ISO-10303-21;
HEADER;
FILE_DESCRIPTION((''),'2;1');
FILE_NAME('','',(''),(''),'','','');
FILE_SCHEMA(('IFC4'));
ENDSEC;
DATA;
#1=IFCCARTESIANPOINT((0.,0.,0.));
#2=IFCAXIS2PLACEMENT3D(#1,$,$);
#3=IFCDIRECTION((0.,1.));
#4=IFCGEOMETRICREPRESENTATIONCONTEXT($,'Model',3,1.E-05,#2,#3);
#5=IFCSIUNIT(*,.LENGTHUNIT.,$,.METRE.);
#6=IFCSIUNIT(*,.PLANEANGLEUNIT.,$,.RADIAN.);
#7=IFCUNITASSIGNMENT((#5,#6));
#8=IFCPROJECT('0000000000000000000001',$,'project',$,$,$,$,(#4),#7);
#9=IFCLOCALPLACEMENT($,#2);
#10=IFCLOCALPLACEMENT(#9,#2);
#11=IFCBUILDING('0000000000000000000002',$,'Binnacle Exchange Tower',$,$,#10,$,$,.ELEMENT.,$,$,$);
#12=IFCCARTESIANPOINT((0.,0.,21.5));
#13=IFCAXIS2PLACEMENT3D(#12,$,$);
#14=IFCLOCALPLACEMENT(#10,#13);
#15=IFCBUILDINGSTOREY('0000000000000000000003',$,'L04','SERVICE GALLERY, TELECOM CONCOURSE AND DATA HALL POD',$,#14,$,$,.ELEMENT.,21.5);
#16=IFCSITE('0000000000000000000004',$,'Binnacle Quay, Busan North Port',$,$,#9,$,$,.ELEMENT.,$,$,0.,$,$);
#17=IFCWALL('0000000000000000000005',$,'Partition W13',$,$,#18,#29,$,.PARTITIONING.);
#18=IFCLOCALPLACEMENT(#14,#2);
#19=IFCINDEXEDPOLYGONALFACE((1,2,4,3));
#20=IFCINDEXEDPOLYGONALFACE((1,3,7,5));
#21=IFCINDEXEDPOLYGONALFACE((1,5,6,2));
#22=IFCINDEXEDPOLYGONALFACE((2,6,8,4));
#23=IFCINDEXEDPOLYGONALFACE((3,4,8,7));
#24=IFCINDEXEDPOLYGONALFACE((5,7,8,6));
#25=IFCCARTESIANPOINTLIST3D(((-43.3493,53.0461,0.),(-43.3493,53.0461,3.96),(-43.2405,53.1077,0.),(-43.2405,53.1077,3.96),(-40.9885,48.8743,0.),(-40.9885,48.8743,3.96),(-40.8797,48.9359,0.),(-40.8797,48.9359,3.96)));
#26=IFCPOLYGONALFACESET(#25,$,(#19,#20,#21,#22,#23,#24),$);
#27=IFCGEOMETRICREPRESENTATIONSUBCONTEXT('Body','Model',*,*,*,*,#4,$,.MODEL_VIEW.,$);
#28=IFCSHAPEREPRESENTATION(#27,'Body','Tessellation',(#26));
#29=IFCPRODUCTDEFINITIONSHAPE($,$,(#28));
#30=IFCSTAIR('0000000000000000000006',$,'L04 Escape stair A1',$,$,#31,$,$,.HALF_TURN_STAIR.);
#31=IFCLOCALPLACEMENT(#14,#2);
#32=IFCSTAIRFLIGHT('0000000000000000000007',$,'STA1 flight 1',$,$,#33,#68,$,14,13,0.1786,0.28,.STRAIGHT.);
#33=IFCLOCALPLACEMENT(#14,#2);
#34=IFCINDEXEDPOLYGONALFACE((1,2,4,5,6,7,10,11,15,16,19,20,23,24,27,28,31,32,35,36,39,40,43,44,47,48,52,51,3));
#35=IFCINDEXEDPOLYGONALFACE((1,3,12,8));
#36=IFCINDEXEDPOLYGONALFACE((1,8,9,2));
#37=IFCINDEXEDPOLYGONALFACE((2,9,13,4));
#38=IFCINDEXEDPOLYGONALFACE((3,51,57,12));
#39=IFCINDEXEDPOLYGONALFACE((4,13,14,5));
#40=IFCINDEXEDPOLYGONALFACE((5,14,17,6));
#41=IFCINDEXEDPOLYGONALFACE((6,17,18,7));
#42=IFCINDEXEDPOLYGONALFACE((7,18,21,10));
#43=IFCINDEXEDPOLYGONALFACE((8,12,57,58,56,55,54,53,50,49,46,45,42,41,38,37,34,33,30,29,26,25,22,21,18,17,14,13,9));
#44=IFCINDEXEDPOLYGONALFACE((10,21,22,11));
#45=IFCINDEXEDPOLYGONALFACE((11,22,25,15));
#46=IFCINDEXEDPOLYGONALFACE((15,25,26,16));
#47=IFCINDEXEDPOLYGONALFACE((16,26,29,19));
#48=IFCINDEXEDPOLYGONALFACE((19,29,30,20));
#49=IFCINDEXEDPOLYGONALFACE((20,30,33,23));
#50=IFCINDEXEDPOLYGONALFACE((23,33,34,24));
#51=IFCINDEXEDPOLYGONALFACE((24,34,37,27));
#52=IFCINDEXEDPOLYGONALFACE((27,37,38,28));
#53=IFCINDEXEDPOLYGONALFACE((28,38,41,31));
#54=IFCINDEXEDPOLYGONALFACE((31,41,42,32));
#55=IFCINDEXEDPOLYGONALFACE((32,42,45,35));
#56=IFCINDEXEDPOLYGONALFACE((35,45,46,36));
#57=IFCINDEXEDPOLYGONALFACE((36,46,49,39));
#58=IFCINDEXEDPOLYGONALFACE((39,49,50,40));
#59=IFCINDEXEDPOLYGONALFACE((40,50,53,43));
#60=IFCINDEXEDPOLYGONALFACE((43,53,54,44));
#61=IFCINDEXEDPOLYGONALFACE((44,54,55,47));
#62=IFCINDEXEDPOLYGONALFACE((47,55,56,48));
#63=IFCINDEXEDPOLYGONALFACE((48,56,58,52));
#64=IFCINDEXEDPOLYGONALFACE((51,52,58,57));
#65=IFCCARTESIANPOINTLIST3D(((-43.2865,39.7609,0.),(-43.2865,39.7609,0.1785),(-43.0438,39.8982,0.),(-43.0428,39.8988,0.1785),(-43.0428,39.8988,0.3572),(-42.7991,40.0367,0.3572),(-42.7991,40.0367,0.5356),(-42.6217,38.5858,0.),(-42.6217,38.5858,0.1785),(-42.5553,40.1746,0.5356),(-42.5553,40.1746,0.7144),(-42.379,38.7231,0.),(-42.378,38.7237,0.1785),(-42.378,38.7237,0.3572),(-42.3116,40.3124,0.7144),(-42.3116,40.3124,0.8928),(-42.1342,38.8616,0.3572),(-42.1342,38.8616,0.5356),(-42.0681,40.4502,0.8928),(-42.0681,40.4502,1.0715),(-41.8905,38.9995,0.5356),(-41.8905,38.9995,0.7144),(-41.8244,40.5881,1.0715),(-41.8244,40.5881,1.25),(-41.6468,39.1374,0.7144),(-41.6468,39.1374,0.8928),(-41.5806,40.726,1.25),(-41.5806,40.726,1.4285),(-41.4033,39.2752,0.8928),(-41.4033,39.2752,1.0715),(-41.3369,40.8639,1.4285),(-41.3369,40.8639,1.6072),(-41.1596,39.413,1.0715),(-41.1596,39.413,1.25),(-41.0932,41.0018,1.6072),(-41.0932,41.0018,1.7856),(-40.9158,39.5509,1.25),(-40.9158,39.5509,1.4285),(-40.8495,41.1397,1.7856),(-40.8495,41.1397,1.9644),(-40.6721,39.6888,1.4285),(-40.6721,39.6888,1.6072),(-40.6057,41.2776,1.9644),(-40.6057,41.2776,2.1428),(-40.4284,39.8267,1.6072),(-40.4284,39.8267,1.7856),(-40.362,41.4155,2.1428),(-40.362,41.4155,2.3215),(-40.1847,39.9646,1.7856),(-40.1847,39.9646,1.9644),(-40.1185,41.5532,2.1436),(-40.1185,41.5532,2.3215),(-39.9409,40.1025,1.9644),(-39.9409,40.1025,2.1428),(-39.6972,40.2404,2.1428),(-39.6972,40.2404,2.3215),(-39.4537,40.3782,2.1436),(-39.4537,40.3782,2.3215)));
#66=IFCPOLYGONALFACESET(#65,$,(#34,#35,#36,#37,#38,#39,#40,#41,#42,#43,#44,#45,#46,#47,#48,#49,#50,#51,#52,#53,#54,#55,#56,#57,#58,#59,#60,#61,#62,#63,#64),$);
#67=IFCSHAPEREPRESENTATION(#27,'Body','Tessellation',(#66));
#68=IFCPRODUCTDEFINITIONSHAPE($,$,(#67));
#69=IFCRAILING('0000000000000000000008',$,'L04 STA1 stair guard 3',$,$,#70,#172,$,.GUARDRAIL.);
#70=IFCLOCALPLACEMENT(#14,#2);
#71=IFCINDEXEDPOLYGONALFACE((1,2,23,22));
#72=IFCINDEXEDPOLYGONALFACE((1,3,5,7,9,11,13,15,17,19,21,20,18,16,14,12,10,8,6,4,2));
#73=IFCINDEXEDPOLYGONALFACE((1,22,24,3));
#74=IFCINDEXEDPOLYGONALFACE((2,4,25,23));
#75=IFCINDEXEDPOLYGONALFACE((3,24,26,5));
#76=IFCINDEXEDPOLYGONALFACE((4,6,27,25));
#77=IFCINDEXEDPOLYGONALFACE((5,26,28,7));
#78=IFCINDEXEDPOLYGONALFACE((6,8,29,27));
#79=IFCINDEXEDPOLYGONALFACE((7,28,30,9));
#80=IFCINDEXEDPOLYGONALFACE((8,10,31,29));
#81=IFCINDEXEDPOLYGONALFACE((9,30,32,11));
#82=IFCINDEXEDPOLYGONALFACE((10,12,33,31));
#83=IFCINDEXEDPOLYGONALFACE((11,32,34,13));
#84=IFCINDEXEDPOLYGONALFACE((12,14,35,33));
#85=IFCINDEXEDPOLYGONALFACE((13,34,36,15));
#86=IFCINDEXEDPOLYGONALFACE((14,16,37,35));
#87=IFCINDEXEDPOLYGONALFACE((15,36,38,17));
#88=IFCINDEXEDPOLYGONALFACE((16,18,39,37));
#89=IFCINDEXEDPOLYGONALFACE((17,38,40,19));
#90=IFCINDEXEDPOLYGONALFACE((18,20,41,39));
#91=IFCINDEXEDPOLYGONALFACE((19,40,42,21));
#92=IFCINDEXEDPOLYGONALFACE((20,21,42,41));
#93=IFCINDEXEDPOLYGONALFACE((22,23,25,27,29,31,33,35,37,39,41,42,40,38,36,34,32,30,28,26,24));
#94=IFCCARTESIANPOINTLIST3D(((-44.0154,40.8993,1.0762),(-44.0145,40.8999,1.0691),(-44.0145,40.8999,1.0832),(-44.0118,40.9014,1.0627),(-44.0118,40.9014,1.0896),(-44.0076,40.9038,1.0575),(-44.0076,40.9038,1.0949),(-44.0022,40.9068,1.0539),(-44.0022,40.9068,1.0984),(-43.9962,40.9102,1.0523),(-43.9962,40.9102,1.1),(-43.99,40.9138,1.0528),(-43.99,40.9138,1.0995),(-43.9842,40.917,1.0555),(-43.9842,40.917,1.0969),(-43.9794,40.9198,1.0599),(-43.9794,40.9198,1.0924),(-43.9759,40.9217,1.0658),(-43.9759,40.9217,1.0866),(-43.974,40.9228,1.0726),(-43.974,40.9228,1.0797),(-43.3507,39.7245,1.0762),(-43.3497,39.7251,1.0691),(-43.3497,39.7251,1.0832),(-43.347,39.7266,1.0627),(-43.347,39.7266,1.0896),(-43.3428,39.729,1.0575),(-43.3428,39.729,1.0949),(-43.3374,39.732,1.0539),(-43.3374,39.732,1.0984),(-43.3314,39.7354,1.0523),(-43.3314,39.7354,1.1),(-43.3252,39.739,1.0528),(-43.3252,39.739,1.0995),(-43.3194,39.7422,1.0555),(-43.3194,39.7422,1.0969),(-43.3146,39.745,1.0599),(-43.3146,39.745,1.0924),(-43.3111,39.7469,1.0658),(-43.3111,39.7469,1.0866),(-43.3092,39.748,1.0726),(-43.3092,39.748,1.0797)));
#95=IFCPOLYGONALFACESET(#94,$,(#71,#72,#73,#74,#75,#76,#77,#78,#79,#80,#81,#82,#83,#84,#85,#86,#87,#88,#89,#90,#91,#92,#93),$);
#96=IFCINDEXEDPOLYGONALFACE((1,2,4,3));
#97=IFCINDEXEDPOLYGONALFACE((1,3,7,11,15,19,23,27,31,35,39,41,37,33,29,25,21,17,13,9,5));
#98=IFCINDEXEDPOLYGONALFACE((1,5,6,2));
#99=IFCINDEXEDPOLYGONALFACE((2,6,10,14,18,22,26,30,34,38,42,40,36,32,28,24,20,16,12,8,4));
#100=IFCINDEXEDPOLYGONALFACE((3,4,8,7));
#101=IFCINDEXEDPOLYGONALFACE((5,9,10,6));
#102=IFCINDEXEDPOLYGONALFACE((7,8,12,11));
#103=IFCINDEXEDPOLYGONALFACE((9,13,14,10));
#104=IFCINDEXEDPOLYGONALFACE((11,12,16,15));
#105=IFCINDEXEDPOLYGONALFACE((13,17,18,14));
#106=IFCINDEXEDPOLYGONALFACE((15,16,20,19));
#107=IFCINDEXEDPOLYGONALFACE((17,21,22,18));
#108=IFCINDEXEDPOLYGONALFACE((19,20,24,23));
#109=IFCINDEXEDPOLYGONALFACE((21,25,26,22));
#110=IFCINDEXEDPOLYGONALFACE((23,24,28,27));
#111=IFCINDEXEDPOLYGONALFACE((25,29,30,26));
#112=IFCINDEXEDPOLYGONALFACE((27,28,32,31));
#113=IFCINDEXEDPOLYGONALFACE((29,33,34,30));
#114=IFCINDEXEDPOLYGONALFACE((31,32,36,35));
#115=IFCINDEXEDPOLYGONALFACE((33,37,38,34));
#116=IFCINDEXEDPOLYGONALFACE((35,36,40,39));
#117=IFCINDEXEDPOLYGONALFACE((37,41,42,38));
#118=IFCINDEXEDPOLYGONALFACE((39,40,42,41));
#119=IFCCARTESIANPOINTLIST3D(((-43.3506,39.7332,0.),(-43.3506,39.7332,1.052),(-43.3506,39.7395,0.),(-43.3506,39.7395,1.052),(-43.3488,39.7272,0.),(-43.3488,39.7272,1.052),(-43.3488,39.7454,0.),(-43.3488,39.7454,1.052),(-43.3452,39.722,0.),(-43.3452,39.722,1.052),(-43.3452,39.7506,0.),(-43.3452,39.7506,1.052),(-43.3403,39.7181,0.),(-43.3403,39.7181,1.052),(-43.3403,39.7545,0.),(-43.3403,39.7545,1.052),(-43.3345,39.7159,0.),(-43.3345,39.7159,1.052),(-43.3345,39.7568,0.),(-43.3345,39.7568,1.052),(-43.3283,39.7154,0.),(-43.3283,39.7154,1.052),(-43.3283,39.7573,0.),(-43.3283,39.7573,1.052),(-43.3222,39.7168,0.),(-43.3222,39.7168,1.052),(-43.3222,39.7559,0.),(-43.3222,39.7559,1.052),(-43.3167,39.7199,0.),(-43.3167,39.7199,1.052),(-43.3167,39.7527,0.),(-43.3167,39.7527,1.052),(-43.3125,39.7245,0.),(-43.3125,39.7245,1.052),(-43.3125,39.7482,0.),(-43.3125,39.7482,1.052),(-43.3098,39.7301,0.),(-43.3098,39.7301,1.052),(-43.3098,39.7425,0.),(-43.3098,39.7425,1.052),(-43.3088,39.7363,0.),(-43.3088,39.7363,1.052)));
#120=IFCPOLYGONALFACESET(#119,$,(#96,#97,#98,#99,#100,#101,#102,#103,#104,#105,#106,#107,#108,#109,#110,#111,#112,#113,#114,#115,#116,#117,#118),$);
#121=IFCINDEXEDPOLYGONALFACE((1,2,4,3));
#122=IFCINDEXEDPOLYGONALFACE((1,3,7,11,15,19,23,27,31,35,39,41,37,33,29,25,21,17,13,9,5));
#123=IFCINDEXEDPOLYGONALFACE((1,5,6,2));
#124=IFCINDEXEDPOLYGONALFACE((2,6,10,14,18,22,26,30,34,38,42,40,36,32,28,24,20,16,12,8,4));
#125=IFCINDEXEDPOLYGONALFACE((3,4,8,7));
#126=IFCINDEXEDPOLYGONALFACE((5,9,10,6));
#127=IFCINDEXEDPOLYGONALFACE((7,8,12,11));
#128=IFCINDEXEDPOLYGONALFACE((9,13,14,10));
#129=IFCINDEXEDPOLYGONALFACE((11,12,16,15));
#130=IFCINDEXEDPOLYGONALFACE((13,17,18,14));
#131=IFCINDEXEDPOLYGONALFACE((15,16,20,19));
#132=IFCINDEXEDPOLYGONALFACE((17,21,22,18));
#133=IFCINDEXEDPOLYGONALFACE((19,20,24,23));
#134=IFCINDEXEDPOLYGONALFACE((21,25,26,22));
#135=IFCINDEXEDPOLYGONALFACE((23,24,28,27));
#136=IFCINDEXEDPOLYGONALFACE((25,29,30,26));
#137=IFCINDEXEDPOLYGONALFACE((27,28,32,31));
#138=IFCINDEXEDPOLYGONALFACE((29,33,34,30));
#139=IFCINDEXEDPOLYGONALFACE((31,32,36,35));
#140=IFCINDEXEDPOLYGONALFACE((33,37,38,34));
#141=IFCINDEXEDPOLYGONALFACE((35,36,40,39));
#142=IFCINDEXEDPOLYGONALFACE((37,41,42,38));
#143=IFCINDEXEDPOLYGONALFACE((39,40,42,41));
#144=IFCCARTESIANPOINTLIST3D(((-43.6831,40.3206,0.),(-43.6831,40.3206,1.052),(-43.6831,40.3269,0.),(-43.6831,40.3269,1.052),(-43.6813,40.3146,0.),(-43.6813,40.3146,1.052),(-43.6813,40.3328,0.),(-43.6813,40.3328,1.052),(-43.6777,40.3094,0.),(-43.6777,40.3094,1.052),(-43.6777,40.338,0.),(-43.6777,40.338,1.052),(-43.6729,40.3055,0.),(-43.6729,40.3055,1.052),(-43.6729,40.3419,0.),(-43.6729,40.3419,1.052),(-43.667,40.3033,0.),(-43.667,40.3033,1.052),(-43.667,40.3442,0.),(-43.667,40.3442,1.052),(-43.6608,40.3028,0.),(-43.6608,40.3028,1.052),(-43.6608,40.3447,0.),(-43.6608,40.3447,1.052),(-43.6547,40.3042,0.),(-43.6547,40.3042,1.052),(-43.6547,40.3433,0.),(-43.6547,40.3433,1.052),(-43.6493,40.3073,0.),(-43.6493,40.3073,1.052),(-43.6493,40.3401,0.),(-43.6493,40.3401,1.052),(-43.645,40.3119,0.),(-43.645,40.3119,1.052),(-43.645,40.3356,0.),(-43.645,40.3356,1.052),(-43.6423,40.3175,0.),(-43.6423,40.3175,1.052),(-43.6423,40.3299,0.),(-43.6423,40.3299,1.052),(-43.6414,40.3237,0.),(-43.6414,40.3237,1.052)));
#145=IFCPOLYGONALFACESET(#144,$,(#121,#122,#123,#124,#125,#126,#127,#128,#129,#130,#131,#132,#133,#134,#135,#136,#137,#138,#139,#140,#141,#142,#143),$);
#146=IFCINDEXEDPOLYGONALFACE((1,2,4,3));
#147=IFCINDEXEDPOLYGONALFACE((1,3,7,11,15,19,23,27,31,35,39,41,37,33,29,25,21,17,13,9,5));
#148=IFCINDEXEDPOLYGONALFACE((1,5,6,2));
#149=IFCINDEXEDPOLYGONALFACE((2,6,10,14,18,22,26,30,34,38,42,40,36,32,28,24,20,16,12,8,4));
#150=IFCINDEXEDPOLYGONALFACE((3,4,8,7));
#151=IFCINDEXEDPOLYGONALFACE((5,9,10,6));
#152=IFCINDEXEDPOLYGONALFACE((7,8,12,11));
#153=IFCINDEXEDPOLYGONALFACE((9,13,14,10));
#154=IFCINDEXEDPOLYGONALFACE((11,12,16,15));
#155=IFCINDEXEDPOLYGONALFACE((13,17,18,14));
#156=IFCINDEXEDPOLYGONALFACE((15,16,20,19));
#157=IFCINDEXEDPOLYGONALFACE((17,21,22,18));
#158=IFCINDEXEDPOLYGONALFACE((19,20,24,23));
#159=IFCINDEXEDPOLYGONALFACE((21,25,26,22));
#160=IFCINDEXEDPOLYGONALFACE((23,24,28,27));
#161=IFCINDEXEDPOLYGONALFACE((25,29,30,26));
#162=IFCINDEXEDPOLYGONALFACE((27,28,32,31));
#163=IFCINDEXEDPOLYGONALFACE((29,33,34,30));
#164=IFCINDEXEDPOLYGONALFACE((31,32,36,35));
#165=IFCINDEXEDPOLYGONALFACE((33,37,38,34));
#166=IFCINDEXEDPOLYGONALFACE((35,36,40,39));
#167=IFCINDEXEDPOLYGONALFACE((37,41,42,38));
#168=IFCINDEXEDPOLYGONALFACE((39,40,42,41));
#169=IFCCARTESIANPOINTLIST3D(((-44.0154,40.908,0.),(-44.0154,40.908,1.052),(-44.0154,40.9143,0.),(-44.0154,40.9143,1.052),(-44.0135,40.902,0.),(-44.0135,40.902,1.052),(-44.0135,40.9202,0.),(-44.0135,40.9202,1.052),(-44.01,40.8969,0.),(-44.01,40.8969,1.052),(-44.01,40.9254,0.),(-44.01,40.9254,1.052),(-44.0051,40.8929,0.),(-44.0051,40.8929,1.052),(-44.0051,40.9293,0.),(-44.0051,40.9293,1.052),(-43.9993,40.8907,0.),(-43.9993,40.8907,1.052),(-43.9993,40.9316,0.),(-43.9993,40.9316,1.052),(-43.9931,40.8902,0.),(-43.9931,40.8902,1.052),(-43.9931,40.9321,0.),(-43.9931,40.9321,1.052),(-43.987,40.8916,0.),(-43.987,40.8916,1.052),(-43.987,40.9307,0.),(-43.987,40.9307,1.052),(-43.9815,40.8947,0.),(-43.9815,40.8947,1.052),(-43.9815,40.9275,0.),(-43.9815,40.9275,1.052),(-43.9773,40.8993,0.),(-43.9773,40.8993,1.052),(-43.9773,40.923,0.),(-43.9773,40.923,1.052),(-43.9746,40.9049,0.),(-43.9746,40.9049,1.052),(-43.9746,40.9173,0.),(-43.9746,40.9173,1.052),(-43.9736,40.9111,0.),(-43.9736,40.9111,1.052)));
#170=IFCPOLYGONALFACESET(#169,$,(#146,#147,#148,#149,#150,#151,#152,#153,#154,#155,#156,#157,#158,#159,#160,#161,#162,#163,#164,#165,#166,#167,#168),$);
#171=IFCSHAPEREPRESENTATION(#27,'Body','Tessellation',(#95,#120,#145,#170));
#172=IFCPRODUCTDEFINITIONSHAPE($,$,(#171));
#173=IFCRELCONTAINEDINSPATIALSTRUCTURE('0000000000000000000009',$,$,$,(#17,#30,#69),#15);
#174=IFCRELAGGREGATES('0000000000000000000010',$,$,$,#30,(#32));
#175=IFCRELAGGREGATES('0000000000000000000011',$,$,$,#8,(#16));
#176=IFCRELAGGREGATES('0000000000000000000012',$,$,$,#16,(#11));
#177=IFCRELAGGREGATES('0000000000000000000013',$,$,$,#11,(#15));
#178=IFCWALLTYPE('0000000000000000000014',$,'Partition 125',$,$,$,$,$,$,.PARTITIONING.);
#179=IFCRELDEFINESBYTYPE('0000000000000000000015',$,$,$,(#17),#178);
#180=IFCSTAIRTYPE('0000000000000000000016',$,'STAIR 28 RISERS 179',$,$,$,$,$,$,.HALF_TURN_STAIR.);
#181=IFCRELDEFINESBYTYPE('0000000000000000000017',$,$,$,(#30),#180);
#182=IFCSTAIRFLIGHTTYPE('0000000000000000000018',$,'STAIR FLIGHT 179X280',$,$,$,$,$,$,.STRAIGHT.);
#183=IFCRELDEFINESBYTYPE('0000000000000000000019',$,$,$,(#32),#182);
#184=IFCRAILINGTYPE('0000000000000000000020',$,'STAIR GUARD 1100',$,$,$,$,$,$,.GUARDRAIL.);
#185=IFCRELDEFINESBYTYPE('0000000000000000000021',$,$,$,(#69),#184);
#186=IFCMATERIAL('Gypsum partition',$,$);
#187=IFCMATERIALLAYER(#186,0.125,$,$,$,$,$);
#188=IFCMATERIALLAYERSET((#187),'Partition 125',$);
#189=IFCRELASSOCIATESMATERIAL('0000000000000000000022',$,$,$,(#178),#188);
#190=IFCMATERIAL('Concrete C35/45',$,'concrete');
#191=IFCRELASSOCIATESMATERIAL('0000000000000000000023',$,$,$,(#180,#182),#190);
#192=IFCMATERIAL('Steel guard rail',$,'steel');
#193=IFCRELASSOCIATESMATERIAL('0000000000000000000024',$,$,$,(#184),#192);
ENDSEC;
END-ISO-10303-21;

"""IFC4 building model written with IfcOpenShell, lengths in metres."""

from ifc_helpers import new_model, si_unit, direction, frame, frame_2d, origin, origin_2d, place, context, subcontext, project, spatial, polyline, rectangle, circle, outline, extrude, material, layer, layer_set, type_object, element, aggregate, save


model = new_model("IFC4")

# Units and contexts
model_context = context("Model", 3, precision=1e-05, world=origin(), true_north=direction((0.0, 1.0)))
body_context = subcontext(model_context, "Body", "Model", "MODEL_VIEW")
ifc_project = project(units=[si_unit("LENGTHUNIT", "METRE"), si_unit("PLANEANGLEUNIT", "RADIAN")], contexts=[model_context])

# Site, building, storey
site_placement = place(None, origin())
site = spatial("IfcSite", under=ifc_project, at=site_placement, Name="Binnacle Quay, Busan North Port", CompositionType="ELEMENT", RefElevation=0.0)
building_placement = place(site_placement, origin())
building = spatial("IfcBuilding", under=site, at=building_placement, Name="Binnacle Exchange Tower", CompositionType="ELEMENT")
storey_placement = place(building_placement, frame((0.0, 0.0, 21.5)))
storey = spatial("IfcBuildingStorey", under=building, at=storey_placement, Name="L04", Description="SERVICE GALLERY, TELECOM CONCOURSE AND DATA HALL POD", CompositionType="ELEMENT", Elevation=21.5)

# Shared definitions
ifc_material_1 = material(Name="Gypsum partition")
ifc_layer_1 = layer(ifc_material_1, 0.125)
ifc_layer_set_1 = layer_set([ifc_layer_1], Name="Partition 125")
wall_type_1 = type_object("IfcWallType", Name="Partition 125", PredefinedType="PARTITIONING", material=ifc_layer_set_1)

# Wall
wall_1_placement = place(storey_placement, frame((-43.2949, 53.0769, 0.0), z_axis=(0.0, 0.0, 1.0), x_axis=(0.492504, -0.87031, 0.0)))
element("IfcWall", 1, at=wall_1_placement, inside=storey, type_object=wall_type_1, Name="Partition W13", PredefinedType="PARTITIONING", context=body_context, shape_type="SweptSolid", body=[
    extrude(rectangle(XDim=4.7935, YDim=0.125, at=frame_2d((2.3967, 0.0))), origin(), (0.0, 0.0, 1.0), 3.96),
])

# Stair, stair flight
ifc_material_2 = material(Name="Concrete C35/45", Category="concrete")
stair_type = type_object("IfcStairType", Name="STAIR 28 RISERS 179", PredefinedType="HALF_TURN_STAIR", material=ifc_material_2)
stair_placement = place(storey_placement, origin())
stair = element("IfcStair", 2, at=stair_placement, inside=storey, type_object=stair_type, Name="L04 Escape stair A1", PredefinedType="HALF_TURN_STAIR")
stair_flight_type = type_object("IfcStairFlightType", Name="STAIR FLIGHT 179X280", PredefinedType="STRAIGHT", material=ifc_material_2)
stair_flight_placement = place(storey_placement, frame((-42.9541, 39.1733, 0.0), z_axis=(0.0, 0.0, 1.0), x_axis=(0.870356, 0.492424, 0.0)))
stair_flight = element("IfcStairFlight", 3, at=stair_flight_placement, type_object=stair_flight_type, Name="STA1 flight 1", NumberOfRisers=14, NumberOfTreads=13, PredefinedType="STRAIGHT", RiserHeight=0.1786, TreadLength=0.28, context=body_context, shape_type="SweptSolid", body=[
    extrude(outline(polyline([(0.0, 0.0), (0.0, 0.1785), (0.28, 0.1785), (0.28, 0.3572), (0.5601, 0.3572), (0.5601, 0.5356), (0.8401, 0.5356), (0.8401, 0.7144), (1.1201, 0.7144), (1.1201, 0.8928), (1.3999, 0.8928), (1.3999, 1.0715), (1.6799, 1.0715), (1.6799, 1.25), (1.96, 1.25), (1.96, 1.4285), (2.24, 1.4285), (2.24, 1.6072), (2.52, 1.6072), (2.52, 1.7856), (2.8, 1.7856), (2.8, 1.9644), (3.0801, 1.9644), (3.0801, 2.1428), (3.3601, 2.1428), (3.3601, 2.3215), (3.6399, 2.3215), (3.6399, 2.5), (3.6399, 2.1436), (0.2788, 0.0), (0.0, 0.0)])), frame((0.0, 0.675, 0.0), z_axis=(0.0, -1.0, 0.0), x_axis=(1.0, 0.0, 0.0)), (0.0, 0.0, 1.0), 1.3501),
])
aggregate(stair, [stair_flight])

# Railing
ifc_material_3 = material(Name="Steel guard rail", Category="steel")
railing_type_1 = type_object("IfcRailingType", Name="STAIR GUARD 1100", PredefinedType="GUARDRAIL", material=ifc_material_3)
railing_1_placement = place(storey_placement, frame((-43.3298, 39.7363, 0.0)))
element("IfcRailing", 4, at=railing_1_placement, inside=storey, type_object=railing_type_1, Name="L04 STA1 stair guard 3", PredefinedType="GUARDRAIL", context=body_context, shape_type="SweptSolid", body=[
    extrude(circle(Radius=0.0239, at=origin_2d()), frame((0.0, 0.0, 1.0762), z_axis=(-0.492492, 0.870317, 0.0), x_axis=(-0.870317, -0.492492, 0.0)), (0.0, 0.0, 1.0), 1.3499),
    extrude(circle(Radius=0.021, at=origin_2d()), origin(), (0.0, 0.0, 1.0), 1.052),
    extrude(circle(Radius=0.021, at=origin_2d()), frame((-0.3325, 0.5874, 0.0)), (0.0, 0.0, 1.0), 1.052),
    extrude(circle(Radius=0.021, at=origin_2d()), frame((-0.6648, 1.1748, 0.0)), (0.0, 0.0, 1.0), 1.052),
])

save(model, "model.ifc")
